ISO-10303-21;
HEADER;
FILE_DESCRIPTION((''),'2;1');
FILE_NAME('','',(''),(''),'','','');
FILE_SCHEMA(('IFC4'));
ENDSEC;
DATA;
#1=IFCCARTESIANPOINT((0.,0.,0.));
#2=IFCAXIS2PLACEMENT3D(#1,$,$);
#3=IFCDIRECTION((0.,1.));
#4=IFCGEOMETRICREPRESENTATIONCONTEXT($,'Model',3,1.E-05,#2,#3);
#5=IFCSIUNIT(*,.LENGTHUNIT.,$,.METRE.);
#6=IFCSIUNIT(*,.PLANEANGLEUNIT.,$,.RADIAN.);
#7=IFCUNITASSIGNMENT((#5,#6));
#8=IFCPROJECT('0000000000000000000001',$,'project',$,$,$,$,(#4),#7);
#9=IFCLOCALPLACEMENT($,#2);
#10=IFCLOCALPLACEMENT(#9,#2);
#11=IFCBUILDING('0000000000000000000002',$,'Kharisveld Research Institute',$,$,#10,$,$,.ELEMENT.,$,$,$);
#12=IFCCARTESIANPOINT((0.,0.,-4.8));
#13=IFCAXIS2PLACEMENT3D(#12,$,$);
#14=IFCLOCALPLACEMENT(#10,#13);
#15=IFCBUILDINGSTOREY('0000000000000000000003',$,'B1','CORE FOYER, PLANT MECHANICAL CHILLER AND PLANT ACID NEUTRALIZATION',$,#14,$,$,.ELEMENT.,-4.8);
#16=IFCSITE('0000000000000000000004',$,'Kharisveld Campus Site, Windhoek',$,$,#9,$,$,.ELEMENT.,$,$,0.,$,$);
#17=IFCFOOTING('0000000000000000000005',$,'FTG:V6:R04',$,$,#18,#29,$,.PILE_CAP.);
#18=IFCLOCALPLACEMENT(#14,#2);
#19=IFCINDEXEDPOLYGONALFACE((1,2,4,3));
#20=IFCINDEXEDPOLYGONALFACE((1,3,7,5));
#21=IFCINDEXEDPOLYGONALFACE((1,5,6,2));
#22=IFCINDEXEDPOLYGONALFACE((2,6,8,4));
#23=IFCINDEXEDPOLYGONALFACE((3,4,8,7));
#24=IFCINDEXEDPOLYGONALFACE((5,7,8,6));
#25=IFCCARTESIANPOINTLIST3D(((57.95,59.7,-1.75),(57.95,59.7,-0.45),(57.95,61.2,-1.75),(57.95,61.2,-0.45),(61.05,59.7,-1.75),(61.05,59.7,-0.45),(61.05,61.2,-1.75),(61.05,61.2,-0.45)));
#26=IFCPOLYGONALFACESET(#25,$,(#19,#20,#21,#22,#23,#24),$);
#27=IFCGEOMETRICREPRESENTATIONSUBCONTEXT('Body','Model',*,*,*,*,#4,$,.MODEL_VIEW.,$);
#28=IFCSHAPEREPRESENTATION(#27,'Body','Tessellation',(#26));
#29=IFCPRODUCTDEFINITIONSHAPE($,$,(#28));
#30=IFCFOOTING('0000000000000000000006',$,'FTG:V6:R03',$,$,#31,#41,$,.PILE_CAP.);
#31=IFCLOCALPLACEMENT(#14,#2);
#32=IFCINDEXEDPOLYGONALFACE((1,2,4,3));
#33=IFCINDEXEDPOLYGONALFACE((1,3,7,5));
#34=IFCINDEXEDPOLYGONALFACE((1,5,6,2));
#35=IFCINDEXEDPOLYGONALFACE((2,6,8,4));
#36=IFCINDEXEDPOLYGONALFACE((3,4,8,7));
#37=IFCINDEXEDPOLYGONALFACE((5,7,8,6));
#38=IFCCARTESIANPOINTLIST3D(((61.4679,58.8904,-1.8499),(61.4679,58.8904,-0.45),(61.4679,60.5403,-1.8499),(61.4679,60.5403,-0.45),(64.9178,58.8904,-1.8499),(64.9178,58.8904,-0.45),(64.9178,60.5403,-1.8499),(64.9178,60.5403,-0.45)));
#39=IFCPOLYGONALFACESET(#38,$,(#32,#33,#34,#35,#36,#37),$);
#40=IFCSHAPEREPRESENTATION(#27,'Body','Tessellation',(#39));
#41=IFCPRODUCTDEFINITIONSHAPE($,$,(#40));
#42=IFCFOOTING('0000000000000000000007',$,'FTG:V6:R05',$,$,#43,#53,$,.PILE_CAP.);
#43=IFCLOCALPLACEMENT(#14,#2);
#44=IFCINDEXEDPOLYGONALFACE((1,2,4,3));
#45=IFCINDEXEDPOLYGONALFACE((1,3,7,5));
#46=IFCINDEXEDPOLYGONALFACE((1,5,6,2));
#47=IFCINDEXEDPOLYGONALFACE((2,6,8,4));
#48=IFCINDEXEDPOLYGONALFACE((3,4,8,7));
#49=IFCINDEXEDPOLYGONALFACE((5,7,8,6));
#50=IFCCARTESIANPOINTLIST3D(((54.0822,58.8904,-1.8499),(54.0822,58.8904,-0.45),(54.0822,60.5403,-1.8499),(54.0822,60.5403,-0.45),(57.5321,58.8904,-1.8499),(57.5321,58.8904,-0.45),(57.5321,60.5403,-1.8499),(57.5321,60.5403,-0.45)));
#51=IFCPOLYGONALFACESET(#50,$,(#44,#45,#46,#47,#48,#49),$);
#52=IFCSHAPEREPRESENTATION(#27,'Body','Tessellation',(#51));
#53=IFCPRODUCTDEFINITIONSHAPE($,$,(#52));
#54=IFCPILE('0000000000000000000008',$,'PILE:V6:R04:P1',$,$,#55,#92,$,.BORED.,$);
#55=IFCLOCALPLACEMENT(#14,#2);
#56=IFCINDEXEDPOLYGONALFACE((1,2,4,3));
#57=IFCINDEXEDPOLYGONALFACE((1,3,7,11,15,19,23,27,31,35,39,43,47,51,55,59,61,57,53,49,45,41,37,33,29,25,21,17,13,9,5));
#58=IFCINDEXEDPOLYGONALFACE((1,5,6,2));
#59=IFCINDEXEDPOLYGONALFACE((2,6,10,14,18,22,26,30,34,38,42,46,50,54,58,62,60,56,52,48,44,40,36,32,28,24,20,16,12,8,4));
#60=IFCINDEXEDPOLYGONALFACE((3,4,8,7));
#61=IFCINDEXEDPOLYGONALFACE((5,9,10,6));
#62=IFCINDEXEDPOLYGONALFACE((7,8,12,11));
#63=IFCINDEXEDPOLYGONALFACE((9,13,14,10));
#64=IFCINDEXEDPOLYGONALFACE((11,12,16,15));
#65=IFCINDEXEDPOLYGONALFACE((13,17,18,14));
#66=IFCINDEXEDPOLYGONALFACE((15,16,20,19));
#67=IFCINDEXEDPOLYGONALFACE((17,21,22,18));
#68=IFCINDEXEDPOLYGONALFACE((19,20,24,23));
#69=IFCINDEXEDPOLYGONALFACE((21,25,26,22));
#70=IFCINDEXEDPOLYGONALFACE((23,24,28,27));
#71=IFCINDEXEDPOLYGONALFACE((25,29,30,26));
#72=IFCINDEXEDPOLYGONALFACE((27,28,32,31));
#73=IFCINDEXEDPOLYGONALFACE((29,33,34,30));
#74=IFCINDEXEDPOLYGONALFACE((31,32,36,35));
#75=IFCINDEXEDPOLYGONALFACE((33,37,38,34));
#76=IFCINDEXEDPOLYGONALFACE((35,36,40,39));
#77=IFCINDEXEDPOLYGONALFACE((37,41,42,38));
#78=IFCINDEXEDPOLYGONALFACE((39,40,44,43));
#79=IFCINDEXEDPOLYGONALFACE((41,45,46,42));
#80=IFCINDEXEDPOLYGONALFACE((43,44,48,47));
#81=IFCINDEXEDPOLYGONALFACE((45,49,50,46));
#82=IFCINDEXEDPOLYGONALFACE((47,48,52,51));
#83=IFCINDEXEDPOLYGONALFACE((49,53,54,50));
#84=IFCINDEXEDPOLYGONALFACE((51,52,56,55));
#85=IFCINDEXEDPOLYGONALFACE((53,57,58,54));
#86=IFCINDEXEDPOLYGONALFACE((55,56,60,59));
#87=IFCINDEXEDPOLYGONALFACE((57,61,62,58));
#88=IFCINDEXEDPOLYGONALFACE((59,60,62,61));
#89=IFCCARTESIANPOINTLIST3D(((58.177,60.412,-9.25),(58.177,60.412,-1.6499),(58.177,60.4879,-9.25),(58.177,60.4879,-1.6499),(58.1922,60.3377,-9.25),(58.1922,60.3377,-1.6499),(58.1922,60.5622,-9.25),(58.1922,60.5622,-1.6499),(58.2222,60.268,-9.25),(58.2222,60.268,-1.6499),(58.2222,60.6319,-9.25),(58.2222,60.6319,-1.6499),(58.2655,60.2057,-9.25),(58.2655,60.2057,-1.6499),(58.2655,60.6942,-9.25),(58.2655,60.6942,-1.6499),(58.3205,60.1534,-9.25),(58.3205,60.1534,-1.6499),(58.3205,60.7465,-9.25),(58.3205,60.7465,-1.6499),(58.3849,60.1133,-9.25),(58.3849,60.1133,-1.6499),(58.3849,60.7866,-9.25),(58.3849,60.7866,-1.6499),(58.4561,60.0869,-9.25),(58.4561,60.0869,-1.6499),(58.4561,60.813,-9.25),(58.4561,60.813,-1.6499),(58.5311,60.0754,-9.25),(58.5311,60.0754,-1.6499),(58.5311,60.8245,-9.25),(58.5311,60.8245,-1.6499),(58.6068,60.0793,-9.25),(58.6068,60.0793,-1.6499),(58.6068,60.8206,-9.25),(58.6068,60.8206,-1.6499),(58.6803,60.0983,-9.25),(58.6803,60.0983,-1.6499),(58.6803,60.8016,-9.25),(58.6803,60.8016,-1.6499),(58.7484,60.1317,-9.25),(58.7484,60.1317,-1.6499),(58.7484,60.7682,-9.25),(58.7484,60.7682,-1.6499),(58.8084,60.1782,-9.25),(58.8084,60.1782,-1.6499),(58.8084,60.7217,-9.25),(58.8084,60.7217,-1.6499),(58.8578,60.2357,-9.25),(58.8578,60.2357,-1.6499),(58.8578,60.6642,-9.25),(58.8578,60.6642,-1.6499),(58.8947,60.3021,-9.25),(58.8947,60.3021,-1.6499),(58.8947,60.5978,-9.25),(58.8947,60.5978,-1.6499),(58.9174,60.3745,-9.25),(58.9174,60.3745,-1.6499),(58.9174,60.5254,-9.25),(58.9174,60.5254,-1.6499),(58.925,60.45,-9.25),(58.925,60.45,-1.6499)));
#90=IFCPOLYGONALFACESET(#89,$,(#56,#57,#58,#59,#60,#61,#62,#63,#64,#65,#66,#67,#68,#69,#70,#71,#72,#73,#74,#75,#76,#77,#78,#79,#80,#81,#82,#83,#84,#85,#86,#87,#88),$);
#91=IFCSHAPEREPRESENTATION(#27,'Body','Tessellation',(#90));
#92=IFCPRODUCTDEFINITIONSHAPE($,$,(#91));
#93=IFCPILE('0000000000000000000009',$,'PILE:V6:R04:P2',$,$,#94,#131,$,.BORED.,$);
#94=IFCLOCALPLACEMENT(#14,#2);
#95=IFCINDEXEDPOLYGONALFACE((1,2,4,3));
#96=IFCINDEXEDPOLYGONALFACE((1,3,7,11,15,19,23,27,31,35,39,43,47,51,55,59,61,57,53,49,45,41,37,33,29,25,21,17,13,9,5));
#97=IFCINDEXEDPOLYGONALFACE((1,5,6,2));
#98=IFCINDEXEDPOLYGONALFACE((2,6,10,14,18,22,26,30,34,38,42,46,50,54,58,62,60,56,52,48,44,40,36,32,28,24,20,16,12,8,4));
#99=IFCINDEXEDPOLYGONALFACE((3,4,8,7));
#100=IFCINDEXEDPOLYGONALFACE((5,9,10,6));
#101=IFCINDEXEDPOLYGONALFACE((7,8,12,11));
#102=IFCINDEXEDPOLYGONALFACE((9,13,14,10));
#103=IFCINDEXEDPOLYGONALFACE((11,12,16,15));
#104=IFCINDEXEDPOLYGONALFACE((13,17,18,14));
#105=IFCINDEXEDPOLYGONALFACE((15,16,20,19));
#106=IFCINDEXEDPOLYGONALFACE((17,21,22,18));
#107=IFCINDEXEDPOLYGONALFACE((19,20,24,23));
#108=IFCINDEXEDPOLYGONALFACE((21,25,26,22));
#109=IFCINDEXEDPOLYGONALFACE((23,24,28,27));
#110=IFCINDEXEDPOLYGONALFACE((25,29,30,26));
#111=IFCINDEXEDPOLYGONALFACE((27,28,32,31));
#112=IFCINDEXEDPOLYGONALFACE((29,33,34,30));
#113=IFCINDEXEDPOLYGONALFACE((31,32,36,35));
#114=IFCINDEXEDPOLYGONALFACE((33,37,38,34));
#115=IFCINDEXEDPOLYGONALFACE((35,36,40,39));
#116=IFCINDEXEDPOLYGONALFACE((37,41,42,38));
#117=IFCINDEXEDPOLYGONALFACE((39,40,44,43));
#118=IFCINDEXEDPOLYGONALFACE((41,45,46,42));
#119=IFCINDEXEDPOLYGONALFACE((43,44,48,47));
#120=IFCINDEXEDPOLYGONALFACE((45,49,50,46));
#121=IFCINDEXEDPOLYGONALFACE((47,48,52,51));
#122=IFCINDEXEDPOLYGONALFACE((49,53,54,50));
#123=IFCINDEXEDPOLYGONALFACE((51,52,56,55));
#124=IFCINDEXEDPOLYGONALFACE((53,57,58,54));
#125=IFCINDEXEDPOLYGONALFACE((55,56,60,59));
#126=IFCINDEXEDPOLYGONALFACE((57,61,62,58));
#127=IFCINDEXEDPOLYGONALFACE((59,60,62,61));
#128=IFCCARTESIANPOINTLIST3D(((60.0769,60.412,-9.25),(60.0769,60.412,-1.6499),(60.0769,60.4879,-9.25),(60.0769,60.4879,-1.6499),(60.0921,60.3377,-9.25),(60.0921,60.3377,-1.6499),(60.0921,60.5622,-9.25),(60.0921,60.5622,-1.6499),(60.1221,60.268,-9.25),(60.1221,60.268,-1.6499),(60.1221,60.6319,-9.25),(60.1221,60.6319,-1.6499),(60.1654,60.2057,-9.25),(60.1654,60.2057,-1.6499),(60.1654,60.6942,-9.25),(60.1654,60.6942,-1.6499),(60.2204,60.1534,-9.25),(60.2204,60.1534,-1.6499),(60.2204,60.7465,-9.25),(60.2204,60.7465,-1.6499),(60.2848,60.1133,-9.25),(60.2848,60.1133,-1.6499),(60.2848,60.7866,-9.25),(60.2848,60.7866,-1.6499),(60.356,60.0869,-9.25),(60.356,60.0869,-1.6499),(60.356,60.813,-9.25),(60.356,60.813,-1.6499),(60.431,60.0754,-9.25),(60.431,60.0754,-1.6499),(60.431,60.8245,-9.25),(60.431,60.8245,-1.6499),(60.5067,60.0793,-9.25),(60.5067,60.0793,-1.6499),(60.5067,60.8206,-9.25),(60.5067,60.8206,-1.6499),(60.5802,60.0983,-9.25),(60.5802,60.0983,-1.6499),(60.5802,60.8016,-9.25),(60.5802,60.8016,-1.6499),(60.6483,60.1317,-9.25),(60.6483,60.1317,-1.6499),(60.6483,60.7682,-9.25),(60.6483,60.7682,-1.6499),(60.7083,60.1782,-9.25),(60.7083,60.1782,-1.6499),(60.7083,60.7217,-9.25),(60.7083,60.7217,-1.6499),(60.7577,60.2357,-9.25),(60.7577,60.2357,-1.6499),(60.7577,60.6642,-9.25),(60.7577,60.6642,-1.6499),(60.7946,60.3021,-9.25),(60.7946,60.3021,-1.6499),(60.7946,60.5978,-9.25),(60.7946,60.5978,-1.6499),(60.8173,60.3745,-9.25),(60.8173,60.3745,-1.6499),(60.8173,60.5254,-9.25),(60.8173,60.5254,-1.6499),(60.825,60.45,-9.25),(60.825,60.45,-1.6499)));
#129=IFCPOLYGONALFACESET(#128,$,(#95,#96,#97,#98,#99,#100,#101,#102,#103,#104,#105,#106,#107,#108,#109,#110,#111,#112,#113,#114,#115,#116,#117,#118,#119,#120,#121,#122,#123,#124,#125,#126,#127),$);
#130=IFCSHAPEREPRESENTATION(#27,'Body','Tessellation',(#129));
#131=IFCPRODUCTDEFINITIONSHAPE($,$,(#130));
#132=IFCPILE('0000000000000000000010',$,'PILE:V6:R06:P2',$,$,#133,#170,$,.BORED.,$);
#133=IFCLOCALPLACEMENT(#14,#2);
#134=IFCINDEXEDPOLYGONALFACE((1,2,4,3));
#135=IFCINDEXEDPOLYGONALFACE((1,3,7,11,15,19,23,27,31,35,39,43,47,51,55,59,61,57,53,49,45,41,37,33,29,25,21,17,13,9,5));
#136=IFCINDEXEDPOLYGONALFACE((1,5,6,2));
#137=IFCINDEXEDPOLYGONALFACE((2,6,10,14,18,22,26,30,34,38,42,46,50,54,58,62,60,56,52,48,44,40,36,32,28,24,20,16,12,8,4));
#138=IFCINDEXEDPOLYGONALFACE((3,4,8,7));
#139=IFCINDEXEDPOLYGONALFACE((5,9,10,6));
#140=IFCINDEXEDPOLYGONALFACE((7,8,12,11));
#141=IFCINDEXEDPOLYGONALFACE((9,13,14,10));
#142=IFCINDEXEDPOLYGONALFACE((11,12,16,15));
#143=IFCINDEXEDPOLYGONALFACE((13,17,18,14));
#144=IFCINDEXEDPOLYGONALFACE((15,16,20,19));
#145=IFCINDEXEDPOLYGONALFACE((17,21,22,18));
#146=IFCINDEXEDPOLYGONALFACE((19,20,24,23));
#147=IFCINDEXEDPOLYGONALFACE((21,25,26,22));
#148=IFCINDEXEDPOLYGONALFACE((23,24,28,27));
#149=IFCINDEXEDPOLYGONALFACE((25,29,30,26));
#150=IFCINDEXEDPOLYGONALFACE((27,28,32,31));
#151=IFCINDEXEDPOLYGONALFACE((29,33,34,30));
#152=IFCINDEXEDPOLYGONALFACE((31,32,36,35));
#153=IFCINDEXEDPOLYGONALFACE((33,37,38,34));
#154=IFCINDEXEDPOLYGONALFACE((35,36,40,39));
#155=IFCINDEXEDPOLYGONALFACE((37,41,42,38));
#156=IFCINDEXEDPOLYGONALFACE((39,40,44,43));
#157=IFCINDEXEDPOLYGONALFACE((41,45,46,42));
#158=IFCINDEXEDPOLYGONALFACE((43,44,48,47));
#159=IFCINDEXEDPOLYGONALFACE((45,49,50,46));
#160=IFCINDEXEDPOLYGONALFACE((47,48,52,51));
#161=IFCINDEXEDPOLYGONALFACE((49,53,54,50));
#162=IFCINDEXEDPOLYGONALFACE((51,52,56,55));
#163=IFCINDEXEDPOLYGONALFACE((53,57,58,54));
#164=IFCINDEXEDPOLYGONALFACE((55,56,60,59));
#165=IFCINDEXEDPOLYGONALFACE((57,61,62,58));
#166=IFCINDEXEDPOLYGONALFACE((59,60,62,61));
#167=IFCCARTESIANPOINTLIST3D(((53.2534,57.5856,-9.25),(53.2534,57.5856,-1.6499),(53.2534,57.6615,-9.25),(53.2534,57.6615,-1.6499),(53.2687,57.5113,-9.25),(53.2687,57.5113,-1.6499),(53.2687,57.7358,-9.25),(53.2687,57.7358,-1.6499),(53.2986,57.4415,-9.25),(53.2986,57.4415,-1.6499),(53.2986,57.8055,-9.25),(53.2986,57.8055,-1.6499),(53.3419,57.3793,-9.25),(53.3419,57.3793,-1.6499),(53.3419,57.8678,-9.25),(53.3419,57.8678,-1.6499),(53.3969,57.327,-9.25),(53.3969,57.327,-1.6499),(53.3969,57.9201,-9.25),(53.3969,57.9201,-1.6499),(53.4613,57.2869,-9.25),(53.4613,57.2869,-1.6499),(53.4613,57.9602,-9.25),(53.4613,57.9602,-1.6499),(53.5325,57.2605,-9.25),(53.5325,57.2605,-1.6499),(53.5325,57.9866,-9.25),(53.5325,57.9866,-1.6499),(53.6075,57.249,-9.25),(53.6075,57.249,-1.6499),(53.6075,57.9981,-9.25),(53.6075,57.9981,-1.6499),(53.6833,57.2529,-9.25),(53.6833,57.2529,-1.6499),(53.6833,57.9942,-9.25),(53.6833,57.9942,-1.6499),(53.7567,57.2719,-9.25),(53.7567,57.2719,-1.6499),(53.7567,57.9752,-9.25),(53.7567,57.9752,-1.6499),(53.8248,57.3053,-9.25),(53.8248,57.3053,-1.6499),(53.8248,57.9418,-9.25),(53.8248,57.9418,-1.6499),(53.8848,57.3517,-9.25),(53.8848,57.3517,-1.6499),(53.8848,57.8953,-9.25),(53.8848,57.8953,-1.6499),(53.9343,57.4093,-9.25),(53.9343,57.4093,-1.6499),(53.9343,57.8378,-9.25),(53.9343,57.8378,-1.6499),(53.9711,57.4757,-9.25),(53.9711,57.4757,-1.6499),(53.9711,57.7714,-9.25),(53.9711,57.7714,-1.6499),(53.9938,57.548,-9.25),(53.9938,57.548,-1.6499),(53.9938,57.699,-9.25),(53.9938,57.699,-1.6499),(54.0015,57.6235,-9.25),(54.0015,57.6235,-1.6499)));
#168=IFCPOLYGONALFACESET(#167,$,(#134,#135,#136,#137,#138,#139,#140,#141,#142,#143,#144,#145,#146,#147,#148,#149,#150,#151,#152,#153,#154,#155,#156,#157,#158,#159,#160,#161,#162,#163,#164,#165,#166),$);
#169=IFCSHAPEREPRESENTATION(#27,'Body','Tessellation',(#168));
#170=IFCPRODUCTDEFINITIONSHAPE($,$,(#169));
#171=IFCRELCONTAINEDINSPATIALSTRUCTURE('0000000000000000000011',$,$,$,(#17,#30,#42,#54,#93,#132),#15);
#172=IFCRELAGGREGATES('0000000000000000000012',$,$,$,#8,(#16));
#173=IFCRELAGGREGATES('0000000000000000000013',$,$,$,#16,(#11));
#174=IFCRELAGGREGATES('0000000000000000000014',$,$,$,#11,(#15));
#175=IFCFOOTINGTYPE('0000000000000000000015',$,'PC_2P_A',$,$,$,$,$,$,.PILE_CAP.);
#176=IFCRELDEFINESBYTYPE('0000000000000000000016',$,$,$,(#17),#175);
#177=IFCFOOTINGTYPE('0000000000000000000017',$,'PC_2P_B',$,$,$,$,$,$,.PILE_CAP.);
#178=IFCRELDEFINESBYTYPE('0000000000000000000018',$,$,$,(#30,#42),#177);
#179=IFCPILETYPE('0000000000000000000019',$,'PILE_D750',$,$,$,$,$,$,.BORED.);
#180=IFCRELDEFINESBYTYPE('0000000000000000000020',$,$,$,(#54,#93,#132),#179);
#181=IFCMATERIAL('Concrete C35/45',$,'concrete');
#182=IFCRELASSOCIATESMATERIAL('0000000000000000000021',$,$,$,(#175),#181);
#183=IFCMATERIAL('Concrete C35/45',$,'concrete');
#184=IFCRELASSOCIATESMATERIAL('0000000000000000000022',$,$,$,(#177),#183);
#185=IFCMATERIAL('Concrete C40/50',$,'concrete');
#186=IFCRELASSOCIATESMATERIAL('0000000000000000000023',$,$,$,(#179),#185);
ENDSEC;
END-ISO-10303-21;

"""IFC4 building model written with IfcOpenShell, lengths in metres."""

from ifc_helpers import new_model, si_unit, direction, frame, origin, origin_2d, place, context, subcontext, project, spatial, rectangle, circle, extrude, material, material_profile, profile_set, type_object, element, save


model = new_model("IFC4")

# Units and contexts
model_context = context("Model", 3, precision=1e-05, world=origin(), true_north=direction((0.0, 1.0)))
body_context = subcontext(model_context, "Body", "Model", "MODEL_VIEW")
ifc_project = project(units=[si_unit("LENGTHUNIT", "METRE"), si_unit("PLANEANGLEUNIT", "RADIAN")], contexts=[model_context])

# Site, building, storey
site_placement = place(None, origin())
site = spatial("IfcSite", under=ifc_project, at=site_placement, Name="Kharisveld Campus Site, Windhoek", CompositionType="ELEMENT", RefElevation=0.0)
building_placement = place(site_placement, origin())
building = spatial("IfcBuilding", under=site, at=building_placement, Name="Kharisveld Research Institute", CompositionType="ELEMENT")
storey_placement = place(building_placement, frame((0.0, 0.0, -4.8)))
storey = spatial("IfcBuildingStorey", under=building, at=storey_placement, Name="B1", Description="CORE FOYER, PLANT MECHANICAL CHILLER AND PLANT ACID NEUTRALIZATION", CompositionType="ELEMENT", Elevation=-4.8)

# Footings
ifc_material_1 = material(Name="Concrete C35/45", Category="concrete")
footing_type_1 = type_object("IfcFootingType", Name="PC_2P_A", PredefinedType="PILE_CAP", material=ifc_material_1)
footing_placement = place(storey_placement, frame((59.5, 60.45, -1.75), z_axis=(0.0, 0.0, 1.0), x_axis=(1.0, 0.0, 0.0)))
element("IfcFooting", 1, at=footing_placement, inside=storey, type_object=footing_type_1, Name="FTG:V6:R04", PredefinedType="PILE_CAP", context=body_context, shape_type="SweptSolid", body=[
    extrude(rectangle(XDim=3.1001, YDim=1.5, at=origin_2d()), origin(), (0.0, 0.0, 1.0), 1.3),
])
ifc_material_2 = material(Name="Concrete C35/45", Category="concrete")
footing_type_2 = type_object("IfcFootingType", Name="PC_2P_B", PredefinedType="PILE_CAP", material=ifc_material_2)
for number, where, z_axis, x_axis, name in (
    (2, (63.1929, 59.7153, -1.8499), (0.0, 0.0, 1.0), (1.0, 0.0, 0.0), "FTG:V6:R03"),
    (3, (55.8071, 59.7153, -1.8499), (0.0, 0.0, 1.0), (1.0, 0.0, 0.0), "FTG:V6:R05"),
):
    element("IfcFooting", number, at=place(storey_placement, frame(where, z_axis=z_axis, x_axis=x_axis)), inside=storey, type_object=footing_type_2, Name=name, PredefinedType="PILE_CAP", context=body_context, shape_type="SweptSolid", body=[
        extrude(rectangle(XDim=3.45, YDim=1.6499, at=origin_2d()), origin(), (0.0, 0.0, 1.0), 1.3999),
    ])

# Piles
ifc_material_3 = material(Name="Concrete C40/50", Category="concrete")
ifc_material_profile_1 = material_profile(ifc_material_3, circle(Radius=0.375, at=origin_2d()))
ifc_profile_set_1 = profile_set([ifc_material_profile_1], Name="Concrete C40/50")
pile_type_1 = type_object("IfcPileType", Name="PILE_D750", PredefinedType="BORED", material=ifc_profile_set_1)
for number, where, z_axis, x_axis, name in (
    (4, (58.55, 60.45, -1.6499), (0.0, 0.0, -1.0), (1.0, 0.0, 0.0), "PILE:V6:R04:P1"),
    (5, (60.45, 60.45, -1.6499), (0.0, 0.0, -1.0), (1.0, 0.0, 0.0), "PILE:V6:R04:P2"),
    (6, (53.6265, 57.6235, -1.6499), (0.0, 0.0, -1.0), (1.0, 0.0, 0.0), "PILE:V6:R06:P2"),
):
    element("IfcPile", number, at=place(storey_placement, frame(where, z_axis=z_axis, x_axis=x_axis)), inside=storey, type_object=pile_type_1, Name=name, PredefinedType="BORED", context=body_context, shape_type="SweptSolid", body=[
        extrude(circle(Radius=0.375, at=origin_2d()), origin(), (0.0, 0.0, 1.0), 7.6001),
    ])

save(model, "model.ifc")
